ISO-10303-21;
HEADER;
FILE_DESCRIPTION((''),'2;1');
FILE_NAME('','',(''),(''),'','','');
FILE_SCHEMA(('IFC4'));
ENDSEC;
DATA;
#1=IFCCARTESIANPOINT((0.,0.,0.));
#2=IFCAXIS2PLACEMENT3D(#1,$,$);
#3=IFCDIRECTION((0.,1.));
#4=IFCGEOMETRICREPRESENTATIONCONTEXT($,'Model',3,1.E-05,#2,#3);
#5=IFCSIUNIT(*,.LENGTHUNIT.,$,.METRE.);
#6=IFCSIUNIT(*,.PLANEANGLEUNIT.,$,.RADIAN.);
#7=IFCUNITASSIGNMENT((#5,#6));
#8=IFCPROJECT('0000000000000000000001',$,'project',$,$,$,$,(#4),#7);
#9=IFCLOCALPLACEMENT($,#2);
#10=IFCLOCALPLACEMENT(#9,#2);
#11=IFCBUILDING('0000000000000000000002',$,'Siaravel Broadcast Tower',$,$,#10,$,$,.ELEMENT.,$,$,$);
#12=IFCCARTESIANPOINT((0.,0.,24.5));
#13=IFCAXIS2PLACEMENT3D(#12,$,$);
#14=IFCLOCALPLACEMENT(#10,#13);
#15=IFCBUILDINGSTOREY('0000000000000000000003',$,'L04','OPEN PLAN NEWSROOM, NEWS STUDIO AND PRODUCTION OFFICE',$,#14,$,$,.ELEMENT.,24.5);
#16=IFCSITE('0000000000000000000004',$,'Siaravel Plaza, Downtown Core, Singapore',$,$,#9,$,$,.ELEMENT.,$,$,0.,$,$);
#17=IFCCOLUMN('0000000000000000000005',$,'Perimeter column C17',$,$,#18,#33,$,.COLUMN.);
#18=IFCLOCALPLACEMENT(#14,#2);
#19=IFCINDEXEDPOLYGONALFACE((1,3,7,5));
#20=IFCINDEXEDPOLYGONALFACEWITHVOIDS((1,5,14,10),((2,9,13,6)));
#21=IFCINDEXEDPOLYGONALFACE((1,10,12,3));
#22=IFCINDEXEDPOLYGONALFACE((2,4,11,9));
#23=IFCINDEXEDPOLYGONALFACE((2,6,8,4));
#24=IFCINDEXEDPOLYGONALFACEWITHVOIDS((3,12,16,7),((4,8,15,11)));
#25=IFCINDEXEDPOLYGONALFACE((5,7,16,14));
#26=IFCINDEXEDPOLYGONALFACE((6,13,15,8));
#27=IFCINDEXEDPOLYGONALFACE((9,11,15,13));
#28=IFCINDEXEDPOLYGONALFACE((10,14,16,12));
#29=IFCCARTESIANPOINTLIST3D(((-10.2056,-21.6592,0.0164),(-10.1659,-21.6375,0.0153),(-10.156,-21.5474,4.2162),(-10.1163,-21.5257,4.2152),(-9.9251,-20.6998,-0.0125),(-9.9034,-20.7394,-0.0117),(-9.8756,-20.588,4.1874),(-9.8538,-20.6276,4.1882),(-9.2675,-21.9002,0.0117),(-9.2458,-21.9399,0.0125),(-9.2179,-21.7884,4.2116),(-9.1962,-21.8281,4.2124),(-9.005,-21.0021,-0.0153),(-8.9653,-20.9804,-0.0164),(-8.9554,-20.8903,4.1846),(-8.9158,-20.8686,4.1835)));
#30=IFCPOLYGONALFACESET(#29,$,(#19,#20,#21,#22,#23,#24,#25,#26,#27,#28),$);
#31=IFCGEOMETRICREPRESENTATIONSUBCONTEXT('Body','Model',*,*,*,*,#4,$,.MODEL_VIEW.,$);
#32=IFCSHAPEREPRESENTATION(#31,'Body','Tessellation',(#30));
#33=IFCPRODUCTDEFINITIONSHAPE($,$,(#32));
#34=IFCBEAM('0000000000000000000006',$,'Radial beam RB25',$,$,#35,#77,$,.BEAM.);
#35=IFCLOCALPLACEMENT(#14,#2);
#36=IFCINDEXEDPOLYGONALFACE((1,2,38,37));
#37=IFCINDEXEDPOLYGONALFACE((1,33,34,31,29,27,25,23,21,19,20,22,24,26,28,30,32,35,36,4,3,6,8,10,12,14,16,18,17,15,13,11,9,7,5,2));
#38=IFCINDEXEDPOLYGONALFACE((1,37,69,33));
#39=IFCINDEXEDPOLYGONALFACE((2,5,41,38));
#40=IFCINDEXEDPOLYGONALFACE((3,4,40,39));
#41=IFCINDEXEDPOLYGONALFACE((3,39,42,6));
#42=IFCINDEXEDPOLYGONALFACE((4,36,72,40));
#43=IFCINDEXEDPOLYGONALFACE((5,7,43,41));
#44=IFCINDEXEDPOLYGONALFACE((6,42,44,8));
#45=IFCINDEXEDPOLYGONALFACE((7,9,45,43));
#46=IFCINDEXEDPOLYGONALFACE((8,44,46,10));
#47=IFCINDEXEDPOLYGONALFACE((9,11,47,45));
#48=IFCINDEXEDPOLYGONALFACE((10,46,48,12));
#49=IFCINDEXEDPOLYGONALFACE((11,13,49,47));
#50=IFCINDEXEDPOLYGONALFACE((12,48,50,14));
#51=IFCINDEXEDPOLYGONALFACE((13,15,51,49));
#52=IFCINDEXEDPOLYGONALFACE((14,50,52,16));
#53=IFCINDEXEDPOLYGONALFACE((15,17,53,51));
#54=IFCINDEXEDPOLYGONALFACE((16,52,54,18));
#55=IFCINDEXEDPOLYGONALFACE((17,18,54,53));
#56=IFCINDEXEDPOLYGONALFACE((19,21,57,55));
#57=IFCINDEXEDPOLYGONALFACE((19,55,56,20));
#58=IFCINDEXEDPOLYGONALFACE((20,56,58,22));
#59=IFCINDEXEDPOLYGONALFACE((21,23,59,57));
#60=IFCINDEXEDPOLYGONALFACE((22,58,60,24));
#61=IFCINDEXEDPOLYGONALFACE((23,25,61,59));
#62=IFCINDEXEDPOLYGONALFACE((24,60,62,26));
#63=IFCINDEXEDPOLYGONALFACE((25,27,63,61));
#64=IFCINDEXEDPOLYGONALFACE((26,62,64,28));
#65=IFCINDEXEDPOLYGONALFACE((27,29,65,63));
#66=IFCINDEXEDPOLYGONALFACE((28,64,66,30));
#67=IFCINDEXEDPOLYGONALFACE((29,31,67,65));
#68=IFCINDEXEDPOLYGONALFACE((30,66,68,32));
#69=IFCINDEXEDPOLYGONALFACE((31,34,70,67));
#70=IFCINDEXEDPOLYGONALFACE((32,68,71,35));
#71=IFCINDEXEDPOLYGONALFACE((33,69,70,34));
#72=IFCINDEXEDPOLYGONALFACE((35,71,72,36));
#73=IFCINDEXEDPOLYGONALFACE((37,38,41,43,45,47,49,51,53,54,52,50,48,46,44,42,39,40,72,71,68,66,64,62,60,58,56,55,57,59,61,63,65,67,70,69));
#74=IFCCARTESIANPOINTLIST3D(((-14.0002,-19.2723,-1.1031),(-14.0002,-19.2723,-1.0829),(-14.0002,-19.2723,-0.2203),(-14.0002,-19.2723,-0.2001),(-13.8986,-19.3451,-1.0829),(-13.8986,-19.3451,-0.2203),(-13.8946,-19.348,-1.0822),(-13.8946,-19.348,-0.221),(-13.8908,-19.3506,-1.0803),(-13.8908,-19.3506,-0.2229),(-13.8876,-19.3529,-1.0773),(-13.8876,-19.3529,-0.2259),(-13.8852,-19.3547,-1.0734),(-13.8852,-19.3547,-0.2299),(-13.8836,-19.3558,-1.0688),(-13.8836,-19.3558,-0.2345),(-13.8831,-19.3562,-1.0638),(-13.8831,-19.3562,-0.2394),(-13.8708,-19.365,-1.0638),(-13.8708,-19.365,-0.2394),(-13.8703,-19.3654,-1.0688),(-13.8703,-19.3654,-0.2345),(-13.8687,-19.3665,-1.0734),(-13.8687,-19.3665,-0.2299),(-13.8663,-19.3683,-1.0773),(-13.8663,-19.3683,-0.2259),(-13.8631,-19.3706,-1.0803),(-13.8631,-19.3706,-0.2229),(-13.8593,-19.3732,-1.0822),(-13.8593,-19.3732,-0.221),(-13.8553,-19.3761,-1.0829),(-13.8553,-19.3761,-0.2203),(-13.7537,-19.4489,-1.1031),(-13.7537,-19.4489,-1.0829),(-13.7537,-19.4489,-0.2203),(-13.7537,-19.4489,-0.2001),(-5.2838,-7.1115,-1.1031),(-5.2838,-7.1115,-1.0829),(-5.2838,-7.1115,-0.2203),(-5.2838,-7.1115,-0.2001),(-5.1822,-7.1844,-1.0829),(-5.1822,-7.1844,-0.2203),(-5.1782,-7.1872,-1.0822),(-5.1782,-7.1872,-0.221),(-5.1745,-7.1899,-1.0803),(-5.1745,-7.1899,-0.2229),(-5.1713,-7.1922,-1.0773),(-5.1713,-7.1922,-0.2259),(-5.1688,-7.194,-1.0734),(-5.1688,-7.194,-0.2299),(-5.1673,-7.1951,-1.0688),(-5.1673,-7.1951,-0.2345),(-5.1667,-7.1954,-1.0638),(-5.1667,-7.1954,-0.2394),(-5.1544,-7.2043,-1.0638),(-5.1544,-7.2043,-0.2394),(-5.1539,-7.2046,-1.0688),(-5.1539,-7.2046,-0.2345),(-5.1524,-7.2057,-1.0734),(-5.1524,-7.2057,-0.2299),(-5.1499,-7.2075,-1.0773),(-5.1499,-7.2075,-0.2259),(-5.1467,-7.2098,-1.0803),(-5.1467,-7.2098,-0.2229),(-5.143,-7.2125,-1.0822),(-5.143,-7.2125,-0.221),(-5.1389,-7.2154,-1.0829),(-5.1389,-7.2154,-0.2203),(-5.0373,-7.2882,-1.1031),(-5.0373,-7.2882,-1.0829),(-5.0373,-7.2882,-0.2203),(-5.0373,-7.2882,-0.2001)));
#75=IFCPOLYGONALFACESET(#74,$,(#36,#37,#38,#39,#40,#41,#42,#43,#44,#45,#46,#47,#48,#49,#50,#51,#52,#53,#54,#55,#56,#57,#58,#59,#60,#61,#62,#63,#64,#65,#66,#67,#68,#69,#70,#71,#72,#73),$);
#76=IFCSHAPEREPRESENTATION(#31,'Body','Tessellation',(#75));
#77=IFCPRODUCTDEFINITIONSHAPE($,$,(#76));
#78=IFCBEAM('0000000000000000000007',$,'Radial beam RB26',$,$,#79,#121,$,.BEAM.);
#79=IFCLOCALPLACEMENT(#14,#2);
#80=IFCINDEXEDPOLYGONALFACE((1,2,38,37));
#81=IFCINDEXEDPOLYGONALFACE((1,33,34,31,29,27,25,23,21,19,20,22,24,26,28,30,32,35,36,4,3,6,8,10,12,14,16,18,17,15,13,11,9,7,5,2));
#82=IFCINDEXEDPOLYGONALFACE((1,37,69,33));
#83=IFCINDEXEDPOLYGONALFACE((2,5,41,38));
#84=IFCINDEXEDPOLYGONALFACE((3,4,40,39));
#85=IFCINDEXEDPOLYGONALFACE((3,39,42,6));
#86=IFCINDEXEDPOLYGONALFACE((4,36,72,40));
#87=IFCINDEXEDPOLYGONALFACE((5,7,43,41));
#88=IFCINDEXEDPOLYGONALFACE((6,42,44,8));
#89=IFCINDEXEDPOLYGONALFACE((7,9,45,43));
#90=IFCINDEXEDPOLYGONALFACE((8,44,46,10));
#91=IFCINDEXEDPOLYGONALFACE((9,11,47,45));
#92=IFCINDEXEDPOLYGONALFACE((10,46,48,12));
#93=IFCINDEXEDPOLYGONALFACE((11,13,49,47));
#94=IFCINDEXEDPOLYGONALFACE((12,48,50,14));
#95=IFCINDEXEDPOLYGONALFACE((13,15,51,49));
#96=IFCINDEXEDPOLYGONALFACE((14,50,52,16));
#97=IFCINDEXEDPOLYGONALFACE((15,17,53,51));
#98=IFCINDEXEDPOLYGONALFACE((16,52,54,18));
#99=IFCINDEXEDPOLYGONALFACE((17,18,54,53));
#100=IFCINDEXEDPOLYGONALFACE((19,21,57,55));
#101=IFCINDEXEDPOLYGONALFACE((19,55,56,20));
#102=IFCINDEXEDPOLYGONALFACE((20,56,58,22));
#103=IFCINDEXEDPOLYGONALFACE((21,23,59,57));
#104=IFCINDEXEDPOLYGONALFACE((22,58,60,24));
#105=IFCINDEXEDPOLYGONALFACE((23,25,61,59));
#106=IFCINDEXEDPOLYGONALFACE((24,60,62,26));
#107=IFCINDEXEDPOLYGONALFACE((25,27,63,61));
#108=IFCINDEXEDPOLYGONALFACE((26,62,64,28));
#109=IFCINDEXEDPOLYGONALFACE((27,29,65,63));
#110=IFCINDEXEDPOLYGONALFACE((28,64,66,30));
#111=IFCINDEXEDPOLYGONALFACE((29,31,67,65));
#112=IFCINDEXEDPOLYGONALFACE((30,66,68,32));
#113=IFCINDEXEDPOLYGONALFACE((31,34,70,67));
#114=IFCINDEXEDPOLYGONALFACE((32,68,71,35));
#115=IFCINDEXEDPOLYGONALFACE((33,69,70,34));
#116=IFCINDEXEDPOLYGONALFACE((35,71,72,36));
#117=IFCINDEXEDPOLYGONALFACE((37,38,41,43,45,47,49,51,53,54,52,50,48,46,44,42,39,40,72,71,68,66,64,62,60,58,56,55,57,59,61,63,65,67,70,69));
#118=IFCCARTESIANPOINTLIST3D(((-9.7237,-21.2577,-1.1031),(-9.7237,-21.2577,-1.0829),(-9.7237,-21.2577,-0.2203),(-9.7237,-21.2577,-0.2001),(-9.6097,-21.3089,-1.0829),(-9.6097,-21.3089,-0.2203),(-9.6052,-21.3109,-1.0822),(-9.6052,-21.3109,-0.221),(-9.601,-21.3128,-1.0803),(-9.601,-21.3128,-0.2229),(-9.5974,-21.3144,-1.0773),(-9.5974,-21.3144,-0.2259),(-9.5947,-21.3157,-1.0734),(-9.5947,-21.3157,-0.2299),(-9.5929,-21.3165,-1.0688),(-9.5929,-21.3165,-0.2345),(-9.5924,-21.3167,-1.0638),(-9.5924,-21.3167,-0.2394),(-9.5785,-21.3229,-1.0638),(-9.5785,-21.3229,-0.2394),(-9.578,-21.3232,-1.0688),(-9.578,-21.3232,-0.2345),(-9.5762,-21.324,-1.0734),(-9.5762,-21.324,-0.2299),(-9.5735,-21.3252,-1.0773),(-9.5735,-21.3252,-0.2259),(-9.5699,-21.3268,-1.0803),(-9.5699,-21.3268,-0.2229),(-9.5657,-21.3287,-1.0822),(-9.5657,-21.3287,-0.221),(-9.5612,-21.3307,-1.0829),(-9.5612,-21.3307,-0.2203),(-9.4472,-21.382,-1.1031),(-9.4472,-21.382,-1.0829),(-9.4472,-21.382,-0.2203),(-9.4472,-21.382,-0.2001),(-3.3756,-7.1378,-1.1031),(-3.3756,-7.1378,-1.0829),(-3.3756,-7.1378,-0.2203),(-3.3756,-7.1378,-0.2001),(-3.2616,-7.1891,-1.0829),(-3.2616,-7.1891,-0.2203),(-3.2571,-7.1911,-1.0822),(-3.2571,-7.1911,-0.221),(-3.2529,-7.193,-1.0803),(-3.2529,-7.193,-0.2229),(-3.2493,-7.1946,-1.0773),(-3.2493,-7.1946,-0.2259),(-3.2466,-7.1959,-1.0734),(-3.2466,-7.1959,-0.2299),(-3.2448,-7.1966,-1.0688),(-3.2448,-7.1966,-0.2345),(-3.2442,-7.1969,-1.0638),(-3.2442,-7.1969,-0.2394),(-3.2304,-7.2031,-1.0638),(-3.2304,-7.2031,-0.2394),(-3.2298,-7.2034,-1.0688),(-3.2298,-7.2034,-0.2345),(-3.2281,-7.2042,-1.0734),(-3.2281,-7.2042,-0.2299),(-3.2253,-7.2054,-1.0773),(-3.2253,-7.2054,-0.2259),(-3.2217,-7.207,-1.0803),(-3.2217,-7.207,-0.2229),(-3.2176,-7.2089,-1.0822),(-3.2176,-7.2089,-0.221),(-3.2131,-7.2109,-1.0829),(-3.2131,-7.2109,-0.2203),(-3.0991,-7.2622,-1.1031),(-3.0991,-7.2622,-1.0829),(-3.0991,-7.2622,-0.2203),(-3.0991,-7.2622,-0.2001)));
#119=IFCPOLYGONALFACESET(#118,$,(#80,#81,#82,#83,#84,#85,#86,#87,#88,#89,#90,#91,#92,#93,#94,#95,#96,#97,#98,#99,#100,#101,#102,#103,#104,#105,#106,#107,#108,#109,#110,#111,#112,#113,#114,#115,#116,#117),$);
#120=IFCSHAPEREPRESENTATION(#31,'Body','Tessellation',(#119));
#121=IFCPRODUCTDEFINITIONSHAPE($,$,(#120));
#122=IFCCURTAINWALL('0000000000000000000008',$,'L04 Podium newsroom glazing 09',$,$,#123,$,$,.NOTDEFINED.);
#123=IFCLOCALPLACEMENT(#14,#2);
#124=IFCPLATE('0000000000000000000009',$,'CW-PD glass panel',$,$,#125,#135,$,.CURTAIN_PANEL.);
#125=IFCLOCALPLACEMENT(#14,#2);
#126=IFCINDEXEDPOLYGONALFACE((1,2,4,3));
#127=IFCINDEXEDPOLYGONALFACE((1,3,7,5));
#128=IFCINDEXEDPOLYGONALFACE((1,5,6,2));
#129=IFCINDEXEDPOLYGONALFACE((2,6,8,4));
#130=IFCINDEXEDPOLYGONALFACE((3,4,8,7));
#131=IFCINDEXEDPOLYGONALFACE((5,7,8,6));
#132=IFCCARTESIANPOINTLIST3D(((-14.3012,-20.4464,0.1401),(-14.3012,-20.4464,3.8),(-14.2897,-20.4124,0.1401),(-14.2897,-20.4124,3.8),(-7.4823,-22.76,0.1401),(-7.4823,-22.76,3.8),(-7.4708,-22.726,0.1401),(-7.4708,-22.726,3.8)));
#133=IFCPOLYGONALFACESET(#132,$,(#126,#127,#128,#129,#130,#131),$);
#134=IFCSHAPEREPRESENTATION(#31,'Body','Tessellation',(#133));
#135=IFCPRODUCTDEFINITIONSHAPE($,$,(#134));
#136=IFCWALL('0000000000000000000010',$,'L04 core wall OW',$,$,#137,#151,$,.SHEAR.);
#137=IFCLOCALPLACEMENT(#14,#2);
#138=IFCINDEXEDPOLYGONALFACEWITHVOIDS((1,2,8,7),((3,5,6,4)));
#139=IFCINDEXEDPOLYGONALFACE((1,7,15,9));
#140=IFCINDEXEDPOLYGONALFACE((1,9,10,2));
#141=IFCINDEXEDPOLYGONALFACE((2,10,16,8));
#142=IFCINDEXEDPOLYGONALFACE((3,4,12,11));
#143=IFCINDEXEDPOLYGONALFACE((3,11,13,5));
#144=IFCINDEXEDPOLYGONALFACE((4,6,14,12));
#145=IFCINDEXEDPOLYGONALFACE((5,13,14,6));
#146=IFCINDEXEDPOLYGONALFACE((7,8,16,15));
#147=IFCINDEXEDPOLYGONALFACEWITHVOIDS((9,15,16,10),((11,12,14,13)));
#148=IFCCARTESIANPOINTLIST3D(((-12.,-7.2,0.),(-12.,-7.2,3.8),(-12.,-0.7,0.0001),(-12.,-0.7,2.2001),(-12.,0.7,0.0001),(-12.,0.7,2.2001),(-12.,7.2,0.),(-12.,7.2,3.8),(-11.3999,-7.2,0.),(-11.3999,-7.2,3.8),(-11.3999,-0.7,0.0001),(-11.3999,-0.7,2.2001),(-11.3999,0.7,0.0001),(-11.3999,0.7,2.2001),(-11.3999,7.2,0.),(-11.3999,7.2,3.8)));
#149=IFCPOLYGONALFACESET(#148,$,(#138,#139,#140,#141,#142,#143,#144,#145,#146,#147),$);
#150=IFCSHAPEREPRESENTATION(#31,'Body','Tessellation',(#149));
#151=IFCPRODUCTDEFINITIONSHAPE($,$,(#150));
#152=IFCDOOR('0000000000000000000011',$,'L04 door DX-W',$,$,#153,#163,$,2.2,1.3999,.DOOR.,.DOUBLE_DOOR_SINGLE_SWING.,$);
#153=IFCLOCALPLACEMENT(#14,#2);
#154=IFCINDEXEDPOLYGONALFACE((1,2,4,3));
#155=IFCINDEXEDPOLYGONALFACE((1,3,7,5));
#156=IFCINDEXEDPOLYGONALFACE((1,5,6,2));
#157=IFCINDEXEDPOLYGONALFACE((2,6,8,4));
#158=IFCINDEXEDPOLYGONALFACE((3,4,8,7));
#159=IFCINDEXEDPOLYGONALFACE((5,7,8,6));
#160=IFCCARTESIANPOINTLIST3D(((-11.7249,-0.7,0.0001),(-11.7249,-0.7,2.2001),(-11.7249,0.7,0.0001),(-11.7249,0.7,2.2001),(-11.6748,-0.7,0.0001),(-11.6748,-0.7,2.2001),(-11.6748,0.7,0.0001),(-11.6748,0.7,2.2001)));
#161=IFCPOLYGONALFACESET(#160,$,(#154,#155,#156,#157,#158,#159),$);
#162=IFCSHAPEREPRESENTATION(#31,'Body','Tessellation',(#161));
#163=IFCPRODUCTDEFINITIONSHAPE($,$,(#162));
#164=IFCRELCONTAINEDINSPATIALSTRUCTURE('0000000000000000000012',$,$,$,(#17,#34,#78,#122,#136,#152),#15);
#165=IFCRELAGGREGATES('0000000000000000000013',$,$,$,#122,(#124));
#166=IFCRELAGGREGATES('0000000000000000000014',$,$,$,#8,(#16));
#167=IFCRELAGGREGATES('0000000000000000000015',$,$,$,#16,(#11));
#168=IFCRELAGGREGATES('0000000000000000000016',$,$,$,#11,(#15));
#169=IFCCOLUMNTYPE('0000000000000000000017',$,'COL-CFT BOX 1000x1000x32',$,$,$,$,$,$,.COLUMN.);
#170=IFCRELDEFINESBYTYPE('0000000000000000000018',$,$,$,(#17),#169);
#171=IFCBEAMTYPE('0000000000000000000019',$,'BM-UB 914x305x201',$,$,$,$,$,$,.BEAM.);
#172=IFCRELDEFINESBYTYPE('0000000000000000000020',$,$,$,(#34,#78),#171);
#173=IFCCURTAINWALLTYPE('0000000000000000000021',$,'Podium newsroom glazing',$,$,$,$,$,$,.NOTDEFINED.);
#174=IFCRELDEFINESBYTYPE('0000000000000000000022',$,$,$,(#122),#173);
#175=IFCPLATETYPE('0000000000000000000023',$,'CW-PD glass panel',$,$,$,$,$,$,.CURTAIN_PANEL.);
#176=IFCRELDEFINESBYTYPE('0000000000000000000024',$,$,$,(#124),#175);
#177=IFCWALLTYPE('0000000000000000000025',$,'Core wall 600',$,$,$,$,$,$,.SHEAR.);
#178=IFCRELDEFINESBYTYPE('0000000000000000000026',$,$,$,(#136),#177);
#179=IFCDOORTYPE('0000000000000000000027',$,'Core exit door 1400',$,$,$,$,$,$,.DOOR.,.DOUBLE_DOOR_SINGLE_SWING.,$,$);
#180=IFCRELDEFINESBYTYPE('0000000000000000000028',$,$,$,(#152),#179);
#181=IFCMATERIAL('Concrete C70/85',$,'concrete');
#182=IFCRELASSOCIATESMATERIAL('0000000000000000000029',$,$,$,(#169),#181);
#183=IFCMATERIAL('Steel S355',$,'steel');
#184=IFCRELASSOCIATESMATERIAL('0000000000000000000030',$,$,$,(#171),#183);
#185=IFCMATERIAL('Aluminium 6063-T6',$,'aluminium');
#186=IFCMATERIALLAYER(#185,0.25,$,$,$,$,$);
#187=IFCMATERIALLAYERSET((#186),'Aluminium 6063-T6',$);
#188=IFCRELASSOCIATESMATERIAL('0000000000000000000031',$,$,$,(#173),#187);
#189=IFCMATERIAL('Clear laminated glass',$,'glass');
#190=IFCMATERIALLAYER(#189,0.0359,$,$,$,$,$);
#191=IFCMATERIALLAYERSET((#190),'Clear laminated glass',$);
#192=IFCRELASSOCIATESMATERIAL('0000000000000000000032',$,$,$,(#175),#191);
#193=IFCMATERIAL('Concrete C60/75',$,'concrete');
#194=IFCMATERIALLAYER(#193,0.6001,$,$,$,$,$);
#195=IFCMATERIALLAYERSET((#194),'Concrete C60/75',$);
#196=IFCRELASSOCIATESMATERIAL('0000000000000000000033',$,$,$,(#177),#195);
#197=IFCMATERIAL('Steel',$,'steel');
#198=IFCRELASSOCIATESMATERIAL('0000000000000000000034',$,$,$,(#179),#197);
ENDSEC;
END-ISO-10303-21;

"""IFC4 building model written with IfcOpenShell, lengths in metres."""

from ifc_helpers import new_model, si_unit, direction, frame, frame_2d, origin, origin_2d, place, context, subcontext, project, spatial, rectangle, hollow_rectangle, i_section, extrude, material, layer, layer_set, material_profile, profile_set, type_object, element, fill, aggregate, save


model = new_model("IFC4")

# Units and contexts
model_context = context("Model", 3, precision=1e-05, world=origin(), true_north=direction((0.0, 1.0)))
body_context = subcontext(model_context, "Body", "Model", "MODEL_VIEW")
ifc_project = project(units=[si_unit("LENGTHUNIT", "METRE"), si_unit("PLANEANGLEUNIT", "RADIAN")], contexts=[model_context])

# Site, building, storey
site_placement = place(None, origin())
site = spatial("IfcSite", under=ifc_project, at=site_placement, Name="Siaravel Plaza, Downtown Core, Singapore", CompositionType="ELEMENT", RefElevation=0.0)
building_placement = place(site_placement, origin())
building = spatial("IfcBuilding", under=site, at=building_placement, Name="Siaravel Broadcast Tower", CompositionType="ELEMENT")
storey_placement = place(building_placement, frame((0.0, 0.0, 24.5)))
storey = spatial("IfcBuildingStorey", under=building, at=storey_placement, Name="L04", Description="OPEN PLAN NEWSROOM, NEWS STUDIO AND PRODUCTION OFFICE", CompositionType="ELEMENT", Elevation=24.5)

# Column
ifc_material_1 = material(Name="Concrete C70/85", Category="concrete")
ifc_material_profile_1 = material_profile(ifc_material_1, hollow_rectangle(XDim=1.0, YDim=1.0, WallThickness=0.032, at=origin_2d()))
ifc_profile_set_1 = profile_set([ifc_material_profile_1], Name="Concrete C70/85")
column_type = type_object("IfcColumnType", Name="COL-CFT BOX 1000x1000x32", PredefinedType="COLUMN", material=ifc_profile_set_1)
column_placement = place(storey_placement, frame((-9.5854, -21.3198, 0.0), z_axis=(0.011795, 0.026612, 0.999576), x_axis=(-0.9598, 0.280658, 0.003854)))
element("IfcColumn", 1, at=column_placement, inside=storey, type_object=column_type, Name="Perimeter column C17", PredefinedType="COLUMN", context=body_context, shape_type="SweptSolid", body=[
    extrude(hollow_rectangle(XDim=1.0, YDim=1.0, WallThickness=0.032, at=origin_2d()), origin(), (0.0, 0.0, 1.0), 4.2017),
])

# Beams
ifc_material_2 = material(Name="Steel S355", Category="steel")
ifc_material_profile_2 = material_profile(ifc_material_2, i_section(OverallWidth=0.3032, OverallDepth=0.9031, WebThickness=0.0151, FlangeThickness=0.0203, FilletRadius=0.019, at=origin_2d()))
ifc_profile_set_2 = profile_set([ifc_material_profile_2], Name="Steel S355")
beam_type = type_object("IfcBeamType", Name="BM-UB 914x305x201", PredefinedType="BEAM", material=ifc_profile_set_2)
beam_1_placement = place(storey_placement, frame((-13.877, -19.3606, -0.6516), z_axis=(0.582571, 0.81278, 0.0), x_axis=(-0.81278, 0.582571, 0.0)))
element("IfcBeam", 2, at=beam_1_placement, inside=storey, type_object=beam_type, Name="Radial beam RB25", PredefinedType="BEAM", context=body_context, shape_type="SweptSolid", body=[
    extrude(i_section(OverallWidth=0.3032, OverallDepth=0.9031, WebThickness=0.0151, FlangeThickness=0.0203, FilletRadius=0.019, at=origin_2d()), origin(), (0.0, 0.0, 1.0), 14.9619),
])
beam_2_placement = place(storey_placement, frame((-9.5854, -21.3198, -0.6516), z_axis=(0.410053, 0.912062, 0.0), x_axis=(-0.912062, 0.410053, 0.0)))
element("IfcBeam", 3, at=beam_2_placement, inside=storey, type_object=beam_type, Name="Radial beam RB26", PredefinedType="BEAM", context=body_context, shape_type="SweptSolid", body=[
    extrude(i_section(OverallWidth=0.3032, OverallDepth=0.9031, WebThickness=0.0151, FlangeThickness=0.0203, FilletRadius=0.019, at=origin_2d()), origin(), (0.0, 0.0, 1.0), 15.4812),
])

# Curtain wall, plate
ifc_material_3 = material(Name="Aluminium 6063-T6", Category="aluminium")
ifc_layer_1 = layer(ifc_material_3, 0.25)
ifc_layer_set_1 = layer_set([ifc_layer_1], Name="Aluminium 6063-T6")
curtain_wall_type = type_object("IfcCurtainWallType", Name="Podium newsroom glazing", PredefinedType="NOTDEFINED", material=ifc_layer_set_1)
curtain_wall_placement = place(storey_placement, origin())
curtain_wall = element("IfcCurtainWall", 4, at=curtain_wall_placement, inside=storey, type_object=curtain_wall_type, Name="L04 Podium newsroom glazing 09", PredefinedType="NOTDEFINED")
ifc_material_4 = material(Name="Clear laminated glass", Category="glass")
ifc_layer_2 = layer(ifc_material_4, 0.0359)
ifc_layer_set_2 = layer_set([ifc_layer_2], Name="Clear laminated glass")
plate_type = type_object("IfcPlateType", Name="CW-PD glass panel", PredefinedType="CURTAIN_PANEL", material=ifc_layer_set_2)
plate_placement = place(storey_placement, frame((-10.886, -21.5862, 0.1401), z_axis=(0.0, 0.0, 1.0), x_axis=(0.946977, -0.3213, 0.0)))
plate = element("IfcPlate", 5, at=plate_placement, type_object=plate_type, Name="CW-PD glass panel", PredefinedType="CURTAIN_PANEL", context=body_context, shape_type="SweptSolid", body=[
    extrude(rectangle(XDim=7.2007, YDim=0.0359, at=origin_2d()), origin(), (0.0, 0.0, 1.0), 3.6599),
])
aggregate(curtain_wall, [plate])

# Wall, opening, door
ifc_material_5 = material(Name="Concrete C60/75", Category="concrete")
ifc_layer_3 = layer(ifc_material_5, 0.6001)
ifc_layer_set_3 = layer_set([ifc_layer_3], Name="Concrete C60/75")
wall_type_1 = type_object("IfcWallType", Name="Core wall 600", PredefinedType="SHEAR", material=ifc_layer_set_3)
wall_1_placement = place(storey_placement, frame((-11.7, -7.2, 0.0), z_axis=(0.0, 0.0, 1.0), x_axis=(0.0, 1.0, 0.0)))
wall_1 = element("IfcWall", 6, at=wall_1_placement, inside=storey, type_object=wall_type_1, Name="L04 core wall OW", PredefinedType="SHEAR", context=body_context, shape_type="SweptSolid", body=[
    extrude(rectangle(XDim=14.3999, YDim=0.6001, at=frame_2d((7.2, 0.0))), origin(), (0.0, 0.0, 1.0), 3.8),
])
opening_1_placement = place(wall_1_placement, frame((6.5, 0.0, 0.0)))
opening_1 = element("IfcOpeningElement", 7, at=opening_1_placement, cuts=wall_1, PredefinedType="OPENING", context=body_context, shape_type="SweptSolid", body=[
    extrude(rectangle(XDim=1.3999, YDim=2.2, at=frame_2d((0.7, 1.1001))), frame((0.0, 0.3101, 0.0), z_axis=(0.0, -1.0, 0.0), x_axis=(1.0, 0.0, 0.0)), (0.0, 0.0, 1.0), 0.6201),
])
ifc_material_6 = material(Name="Steel", Category="steel")
door_type_1 = type_object("IfcDoorType", Name="Core exit door 1400", OperationType="DOUBLE_DOOR_SINGLE_SWING", PredefinedType="DOOR", material=ifc_material_6)
door_1_placement = place(opening_1_placement, origin())
door_1 = element("IfcDoor", 8, at=door_1_placement, inside=storey, type_object=door_type_1, Name="L04 door DX-W", OperationType="DOUBLE_DOOR_SINGLE_SWING", OverallHeight=2.2, OverallWidth=1.3999, PredefinedType="DOOR", context=body_context, shape_type="SweptSolid", body=[
    extrude(rectangle(XDim=1.3999, YDim=2.2, at=frame_2d((0.7, 1.1001))), frame((0.0, 0.0249, 0.0), z_axis=(0.0, -1.0, 0.0), x_axis=(1.0, 0.0, 0.0)), (0.0, 0.0, 1.0), 0.05),
])
fill(opening_1, door_1)

save(model, "model.ifc")
